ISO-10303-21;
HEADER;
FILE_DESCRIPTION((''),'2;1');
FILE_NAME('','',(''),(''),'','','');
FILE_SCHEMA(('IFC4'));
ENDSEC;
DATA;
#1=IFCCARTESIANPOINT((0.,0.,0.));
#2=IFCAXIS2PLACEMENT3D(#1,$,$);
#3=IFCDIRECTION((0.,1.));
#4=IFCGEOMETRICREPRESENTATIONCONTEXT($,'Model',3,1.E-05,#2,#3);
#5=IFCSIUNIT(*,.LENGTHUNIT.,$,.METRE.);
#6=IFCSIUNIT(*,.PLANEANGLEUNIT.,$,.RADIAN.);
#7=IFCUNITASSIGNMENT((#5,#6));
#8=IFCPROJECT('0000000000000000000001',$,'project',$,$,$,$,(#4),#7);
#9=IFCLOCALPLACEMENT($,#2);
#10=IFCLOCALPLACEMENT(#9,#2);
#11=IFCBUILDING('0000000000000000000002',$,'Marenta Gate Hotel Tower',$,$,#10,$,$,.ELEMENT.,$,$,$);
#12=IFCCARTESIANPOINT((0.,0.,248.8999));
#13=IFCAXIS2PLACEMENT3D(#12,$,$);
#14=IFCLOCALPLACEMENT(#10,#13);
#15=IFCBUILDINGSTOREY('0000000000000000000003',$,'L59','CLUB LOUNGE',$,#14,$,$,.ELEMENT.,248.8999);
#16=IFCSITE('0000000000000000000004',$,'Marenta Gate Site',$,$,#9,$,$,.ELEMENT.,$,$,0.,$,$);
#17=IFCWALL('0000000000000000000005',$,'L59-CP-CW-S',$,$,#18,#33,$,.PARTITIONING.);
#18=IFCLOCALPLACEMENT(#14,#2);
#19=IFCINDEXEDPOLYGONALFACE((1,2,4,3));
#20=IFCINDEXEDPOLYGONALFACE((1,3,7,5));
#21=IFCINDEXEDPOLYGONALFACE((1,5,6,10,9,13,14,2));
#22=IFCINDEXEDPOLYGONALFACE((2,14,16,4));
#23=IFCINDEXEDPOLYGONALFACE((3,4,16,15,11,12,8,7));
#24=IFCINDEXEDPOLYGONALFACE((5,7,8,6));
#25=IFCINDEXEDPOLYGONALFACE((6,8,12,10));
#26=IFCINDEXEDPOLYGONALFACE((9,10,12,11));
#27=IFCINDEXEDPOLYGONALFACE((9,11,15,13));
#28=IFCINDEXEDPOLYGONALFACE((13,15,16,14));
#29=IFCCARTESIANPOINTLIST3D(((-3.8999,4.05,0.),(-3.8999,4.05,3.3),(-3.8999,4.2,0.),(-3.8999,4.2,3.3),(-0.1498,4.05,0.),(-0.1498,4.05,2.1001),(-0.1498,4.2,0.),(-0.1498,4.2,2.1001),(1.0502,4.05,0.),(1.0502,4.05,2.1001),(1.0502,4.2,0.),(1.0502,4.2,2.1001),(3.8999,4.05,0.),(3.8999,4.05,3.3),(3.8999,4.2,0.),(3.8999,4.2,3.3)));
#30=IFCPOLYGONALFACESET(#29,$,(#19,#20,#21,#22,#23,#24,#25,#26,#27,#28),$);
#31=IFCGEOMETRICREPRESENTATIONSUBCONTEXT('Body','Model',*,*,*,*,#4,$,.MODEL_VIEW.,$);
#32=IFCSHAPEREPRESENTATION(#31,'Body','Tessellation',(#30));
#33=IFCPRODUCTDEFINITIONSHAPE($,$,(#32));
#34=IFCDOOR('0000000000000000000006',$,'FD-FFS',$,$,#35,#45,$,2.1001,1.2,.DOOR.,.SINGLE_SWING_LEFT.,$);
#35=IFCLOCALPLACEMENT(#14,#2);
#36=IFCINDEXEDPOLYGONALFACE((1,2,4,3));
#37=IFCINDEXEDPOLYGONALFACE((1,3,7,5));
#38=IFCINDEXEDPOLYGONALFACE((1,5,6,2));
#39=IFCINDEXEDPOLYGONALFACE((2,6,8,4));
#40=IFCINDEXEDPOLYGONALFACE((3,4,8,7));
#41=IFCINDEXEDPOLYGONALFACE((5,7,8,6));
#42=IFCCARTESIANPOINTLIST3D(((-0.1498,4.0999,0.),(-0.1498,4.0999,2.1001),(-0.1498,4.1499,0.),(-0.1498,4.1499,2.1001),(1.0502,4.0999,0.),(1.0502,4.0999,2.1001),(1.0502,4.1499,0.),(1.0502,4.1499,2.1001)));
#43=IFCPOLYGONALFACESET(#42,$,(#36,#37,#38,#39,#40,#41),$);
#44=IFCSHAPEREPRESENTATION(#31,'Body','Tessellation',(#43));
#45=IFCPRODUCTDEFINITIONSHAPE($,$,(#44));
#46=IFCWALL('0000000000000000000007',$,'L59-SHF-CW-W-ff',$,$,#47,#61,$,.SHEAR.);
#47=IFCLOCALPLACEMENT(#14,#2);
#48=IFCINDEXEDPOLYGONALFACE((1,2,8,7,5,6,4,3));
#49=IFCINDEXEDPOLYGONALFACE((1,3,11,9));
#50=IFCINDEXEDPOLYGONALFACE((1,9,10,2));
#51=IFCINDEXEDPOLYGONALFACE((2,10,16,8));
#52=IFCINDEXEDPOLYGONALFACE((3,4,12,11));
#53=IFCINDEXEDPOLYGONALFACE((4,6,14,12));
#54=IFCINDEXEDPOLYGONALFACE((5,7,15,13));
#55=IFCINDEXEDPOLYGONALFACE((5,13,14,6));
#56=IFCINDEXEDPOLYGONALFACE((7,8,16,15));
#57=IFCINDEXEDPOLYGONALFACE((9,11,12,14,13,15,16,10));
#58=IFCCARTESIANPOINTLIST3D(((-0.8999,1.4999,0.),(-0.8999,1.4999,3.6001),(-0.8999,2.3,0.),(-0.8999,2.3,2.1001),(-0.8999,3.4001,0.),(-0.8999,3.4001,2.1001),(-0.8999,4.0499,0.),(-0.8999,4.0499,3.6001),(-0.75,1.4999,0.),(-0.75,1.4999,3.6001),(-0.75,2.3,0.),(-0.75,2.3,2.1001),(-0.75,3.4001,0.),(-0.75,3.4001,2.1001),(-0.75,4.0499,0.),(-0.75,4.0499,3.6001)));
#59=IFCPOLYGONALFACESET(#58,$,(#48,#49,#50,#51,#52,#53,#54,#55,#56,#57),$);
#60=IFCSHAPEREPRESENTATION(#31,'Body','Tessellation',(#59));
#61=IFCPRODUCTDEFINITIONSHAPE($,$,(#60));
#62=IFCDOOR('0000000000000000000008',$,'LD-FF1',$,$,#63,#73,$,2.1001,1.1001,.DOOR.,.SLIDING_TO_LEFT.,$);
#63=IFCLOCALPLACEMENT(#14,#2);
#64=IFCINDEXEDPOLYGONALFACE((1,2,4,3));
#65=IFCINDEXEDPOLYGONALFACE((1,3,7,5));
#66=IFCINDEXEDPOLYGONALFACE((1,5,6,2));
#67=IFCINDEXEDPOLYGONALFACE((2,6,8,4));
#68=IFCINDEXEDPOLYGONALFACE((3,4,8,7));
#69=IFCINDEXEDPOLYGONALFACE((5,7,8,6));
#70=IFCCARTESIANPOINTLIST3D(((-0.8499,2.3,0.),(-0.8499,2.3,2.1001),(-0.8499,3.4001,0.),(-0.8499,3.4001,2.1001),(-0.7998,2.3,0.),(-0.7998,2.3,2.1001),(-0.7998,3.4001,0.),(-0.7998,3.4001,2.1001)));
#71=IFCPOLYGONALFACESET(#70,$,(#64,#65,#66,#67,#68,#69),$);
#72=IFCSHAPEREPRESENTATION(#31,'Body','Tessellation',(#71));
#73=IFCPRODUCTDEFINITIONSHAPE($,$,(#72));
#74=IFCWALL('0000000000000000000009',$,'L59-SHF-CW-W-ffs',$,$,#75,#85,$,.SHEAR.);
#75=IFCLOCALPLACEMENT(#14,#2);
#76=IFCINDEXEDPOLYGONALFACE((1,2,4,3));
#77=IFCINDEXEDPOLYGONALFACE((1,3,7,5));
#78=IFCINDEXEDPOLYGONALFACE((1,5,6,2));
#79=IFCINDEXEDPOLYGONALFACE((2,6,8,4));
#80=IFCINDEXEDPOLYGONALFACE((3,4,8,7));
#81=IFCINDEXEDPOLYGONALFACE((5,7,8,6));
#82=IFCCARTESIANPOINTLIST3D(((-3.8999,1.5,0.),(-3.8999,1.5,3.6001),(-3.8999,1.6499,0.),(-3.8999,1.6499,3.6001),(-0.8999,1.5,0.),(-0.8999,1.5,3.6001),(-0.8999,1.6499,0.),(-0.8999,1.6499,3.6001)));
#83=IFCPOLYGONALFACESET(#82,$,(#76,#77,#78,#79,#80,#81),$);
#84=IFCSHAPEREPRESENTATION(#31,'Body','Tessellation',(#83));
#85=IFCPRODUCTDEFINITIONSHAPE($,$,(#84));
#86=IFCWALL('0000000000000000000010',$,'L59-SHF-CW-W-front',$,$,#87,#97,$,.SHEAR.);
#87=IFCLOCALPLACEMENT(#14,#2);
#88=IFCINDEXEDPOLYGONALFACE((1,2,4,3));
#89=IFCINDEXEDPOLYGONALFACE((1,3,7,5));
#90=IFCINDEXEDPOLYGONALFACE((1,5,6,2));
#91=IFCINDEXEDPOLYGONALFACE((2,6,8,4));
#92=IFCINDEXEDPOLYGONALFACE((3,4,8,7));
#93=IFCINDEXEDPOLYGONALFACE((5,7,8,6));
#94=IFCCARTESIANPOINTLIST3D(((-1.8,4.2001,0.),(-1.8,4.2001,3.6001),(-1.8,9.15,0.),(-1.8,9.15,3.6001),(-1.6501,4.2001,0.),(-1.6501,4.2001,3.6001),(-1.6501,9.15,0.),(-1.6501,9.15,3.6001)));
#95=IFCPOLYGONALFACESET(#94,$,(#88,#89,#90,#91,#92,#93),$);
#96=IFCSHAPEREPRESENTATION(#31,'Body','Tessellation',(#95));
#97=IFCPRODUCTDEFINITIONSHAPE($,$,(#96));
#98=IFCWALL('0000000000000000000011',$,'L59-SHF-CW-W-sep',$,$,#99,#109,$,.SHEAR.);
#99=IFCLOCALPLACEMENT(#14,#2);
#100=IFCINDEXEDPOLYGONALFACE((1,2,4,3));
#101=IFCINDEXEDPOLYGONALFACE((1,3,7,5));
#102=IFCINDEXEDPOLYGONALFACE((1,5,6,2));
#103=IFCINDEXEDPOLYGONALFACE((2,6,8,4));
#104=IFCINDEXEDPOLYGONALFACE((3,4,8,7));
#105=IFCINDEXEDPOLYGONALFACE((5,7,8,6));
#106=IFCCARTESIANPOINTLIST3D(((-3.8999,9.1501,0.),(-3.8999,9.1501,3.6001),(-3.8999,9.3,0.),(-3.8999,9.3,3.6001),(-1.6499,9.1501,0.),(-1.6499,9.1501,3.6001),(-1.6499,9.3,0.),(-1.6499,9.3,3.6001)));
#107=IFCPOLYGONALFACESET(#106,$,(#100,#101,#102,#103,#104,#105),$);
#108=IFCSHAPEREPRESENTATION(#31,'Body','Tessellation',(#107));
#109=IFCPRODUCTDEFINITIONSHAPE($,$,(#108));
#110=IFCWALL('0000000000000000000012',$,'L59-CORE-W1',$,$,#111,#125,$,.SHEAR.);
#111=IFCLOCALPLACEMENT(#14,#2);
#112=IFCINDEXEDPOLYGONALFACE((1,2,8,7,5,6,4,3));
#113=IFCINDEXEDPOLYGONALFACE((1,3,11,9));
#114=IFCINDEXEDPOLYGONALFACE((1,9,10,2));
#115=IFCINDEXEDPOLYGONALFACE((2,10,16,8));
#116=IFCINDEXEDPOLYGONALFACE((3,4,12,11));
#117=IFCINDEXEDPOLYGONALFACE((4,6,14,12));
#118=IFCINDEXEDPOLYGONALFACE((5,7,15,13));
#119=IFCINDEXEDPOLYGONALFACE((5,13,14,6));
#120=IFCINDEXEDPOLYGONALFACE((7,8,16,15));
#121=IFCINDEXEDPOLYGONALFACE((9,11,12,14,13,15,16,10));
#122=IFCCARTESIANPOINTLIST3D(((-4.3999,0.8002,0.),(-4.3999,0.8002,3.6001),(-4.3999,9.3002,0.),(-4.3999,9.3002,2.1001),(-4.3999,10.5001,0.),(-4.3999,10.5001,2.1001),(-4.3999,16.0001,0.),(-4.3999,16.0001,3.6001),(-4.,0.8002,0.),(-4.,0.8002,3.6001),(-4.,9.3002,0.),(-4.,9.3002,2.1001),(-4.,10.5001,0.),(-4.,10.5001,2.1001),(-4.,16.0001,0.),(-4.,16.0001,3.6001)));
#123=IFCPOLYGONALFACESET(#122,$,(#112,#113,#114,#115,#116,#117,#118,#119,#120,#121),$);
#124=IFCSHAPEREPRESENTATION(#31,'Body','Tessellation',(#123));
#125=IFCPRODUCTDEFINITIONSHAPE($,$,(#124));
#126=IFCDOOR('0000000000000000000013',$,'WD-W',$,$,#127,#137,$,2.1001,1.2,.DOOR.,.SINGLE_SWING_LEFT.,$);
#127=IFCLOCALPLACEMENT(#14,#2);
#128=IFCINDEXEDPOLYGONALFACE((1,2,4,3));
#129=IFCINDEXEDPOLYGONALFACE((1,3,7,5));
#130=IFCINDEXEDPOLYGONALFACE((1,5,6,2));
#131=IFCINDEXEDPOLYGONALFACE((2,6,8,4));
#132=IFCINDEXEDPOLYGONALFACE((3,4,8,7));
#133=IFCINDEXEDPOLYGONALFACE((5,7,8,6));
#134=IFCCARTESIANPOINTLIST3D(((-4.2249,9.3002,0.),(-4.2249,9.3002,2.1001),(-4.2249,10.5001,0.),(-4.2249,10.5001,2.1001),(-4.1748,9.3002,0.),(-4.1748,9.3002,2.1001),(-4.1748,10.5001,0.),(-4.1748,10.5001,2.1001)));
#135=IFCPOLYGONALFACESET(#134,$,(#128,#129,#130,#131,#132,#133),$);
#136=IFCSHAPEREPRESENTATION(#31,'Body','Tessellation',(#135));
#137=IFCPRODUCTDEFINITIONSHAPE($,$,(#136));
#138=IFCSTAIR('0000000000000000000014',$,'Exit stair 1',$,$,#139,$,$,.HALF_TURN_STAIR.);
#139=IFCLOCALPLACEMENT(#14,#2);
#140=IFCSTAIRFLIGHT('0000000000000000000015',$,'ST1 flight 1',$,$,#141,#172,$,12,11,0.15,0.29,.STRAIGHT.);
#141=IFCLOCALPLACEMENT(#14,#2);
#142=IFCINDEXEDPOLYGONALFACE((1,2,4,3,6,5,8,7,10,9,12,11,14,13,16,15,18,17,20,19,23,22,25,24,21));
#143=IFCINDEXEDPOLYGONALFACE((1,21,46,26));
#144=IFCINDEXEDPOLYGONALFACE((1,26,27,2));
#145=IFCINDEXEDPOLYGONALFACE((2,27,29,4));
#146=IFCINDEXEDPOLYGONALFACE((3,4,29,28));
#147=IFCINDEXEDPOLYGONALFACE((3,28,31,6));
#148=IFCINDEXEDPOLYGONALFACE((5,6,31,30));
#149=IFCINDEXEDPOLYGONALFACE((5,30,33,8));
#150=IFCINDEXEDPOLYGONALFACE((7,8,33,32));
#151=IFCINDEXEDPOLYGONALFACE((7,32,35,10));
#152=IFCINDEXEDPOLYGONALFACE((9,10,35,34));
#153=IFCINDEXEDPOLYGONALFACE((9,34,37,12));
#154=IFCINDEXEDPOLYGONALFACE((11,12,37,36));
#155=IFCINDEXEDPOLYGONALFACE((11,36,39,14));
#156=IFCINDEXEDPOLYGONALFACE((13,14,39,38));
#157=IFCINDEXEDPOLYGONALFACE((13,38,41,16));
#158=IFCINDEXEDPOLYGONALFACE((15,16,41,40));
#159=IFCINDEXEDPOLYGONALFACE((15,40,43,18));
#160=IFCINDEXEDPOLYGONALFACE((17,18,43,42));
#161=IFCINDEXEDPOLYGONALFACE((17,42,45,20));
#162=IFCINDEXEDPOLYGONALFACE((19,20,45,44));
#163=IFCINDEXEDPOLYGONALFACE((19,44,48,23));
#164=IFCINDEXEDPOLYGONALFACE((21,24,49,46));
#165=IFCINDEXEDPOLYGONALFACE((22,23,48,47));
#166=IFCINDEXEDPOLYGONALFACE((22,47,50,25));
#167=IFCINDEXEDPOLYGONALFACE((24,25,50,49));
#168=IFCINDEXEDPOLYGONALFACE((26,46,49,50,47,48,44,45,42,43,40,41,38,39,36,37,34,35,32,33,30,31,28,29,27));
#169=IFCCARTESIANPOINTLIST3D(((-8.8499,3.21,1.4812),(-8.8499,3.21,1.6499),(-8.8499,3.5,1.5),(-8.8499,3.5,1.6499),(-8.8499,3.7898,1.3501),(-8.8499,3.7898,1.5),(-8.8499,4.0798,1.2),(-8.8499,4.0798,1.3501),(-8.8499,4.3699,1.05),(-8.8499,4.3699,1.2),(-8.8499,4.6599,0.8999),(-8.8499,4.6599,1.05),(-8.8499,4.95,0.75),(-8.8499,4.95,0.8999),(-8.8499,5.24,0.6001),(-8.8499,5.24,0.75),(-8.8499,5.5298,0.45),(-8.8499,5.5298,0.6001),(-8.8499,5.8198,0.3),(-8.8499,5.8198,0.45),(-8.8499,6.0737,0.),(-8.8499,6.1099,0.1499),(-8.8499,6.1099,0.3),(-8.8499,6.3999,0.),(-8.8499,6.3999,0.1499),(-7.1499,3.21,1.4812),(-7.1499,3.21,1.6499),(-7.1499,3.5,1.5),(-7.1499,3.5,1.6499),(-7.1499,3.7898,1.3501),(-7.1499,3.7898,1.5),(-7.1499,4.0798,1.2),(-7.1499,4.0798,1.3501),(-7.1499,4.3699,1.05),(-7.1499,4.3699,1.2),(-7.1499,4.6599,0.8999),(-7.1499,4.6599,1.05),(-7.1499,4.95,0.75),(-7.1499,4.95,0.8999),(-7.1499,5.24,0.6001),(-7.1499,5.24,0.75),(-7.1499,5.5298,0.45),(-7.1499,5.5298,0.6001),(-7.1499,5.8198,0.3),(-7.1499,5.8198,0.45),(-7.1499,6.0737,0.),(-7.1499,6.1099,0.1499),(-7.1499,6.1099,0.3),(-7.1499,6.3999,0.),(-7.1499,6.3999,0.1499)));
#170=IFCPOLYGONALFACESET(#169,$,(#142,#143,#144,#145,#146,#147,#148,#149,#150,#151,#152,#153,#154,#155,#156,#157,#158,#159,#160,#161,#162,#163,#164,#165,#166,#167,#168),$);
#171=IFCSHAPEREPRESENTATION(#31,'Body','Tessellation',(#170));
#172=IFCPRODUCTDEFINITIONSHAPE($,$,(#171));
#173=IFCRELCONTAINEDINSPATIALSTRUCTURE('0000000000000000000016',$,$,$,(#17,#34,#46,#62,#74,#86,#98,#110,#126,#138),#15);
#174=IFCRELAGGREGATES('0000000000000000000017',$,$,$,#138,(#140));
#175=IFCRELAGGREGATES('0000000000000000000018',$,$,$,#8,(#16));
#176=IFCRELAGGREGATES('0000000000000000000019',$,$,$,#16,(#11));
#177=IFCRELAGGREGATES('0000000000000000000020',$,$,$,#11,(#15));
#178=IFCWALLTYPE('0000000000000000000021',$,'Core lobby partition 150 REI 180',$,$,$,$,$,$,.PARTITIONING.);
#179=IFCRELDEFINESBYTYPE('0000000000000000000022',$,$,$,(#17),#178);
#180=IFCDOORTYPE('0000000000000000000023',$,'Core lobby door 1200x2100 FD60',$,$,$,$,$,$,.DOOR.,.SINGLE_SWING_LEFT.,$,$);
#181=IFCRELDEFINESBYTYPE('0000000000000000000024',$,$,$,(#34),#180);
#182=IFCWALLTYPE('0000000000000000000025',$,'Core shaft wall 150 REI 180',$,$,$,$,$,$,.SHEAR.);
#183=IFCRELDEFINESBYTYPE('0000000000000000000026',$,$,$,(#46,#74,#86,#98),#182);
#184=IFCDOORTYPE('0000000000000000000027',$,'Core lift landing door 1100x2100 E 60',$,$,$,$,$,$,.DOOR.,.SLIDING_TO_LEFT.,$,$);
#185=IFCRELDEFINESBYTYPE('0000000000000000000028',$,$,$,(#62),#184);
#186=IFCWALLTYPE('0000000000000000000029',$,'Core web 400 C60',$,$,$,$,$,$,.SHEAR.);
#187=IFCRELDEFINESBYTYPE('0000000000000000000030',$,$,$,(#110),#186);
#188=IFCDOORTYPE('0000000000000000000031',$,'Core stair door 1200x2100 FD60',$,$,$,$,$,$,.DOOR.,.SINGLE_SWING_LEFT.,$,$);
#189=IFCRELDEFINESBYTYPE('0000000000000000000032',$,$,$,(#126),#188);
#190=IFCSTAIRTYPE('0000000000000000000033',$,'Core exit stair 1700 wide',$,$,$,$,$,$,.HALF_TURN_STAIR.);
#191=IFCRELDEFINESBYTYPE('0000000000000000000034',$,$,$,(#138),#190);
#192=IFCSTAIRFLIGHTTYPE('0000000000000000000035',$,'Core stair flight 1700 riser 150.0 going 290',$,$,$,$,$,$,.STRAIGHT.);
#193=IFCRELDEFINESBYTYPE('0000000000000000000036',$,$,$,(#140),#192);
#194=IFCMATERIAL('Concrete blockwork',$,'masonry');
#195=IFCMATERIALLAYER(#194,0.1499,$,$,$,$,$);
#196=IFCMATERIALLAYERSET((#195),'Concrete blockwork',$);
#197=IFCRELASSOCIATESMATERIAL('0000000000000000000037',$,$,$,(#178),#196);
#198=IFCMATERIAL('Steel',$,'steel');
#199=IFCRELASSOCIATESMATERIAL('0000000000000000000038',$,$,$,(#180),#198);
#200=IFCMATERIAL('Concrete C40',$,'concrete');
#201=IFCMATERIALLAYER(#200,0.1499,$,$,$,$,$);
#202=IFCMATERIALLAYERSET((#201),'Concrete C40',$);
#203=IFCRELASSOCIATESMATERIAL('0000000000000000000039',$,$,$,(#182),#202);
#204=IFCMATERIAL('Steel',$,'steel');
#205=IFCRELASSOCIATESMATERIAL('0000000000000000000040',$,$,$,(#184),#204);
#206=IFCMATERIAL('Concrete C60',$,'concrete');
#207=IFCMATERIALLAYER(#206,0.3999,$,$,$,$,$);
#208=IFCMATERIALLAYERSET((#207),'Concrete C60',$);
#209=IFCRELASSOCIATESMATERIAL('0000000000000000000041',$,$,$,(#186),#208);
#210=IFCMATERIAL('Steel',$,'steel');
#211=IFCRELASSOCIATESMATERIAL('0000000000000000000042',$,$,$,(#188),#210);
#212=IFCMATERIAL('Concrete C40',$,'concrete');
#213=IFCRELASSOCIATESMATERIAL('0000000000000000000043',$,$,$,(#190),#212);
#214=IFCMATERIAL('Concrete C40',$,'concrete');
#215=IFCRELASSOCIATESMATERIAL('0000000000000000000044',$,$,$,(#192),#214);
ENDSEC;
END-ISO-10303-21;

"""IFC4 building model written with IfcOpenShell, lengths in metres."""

from ifc_helpers import new_model, si_unit, direction, frame, frame_2d, origin, place, context, subcontext, project, spatial, polyline, rectangle, outline, extrude, material, layer, layer_set, type_object, element, fill, aggregate, save


model = new_model("IFC4")

# Units and contexts
model_context = context("Model", 3, precision=1e-05, world=origin(), true_north=direction((0.0, 1.0)))
body_context = subcontext(model_context, "Body", "Model", "MODEL_VIEW")
ifc_project = project(units=[si_unit("LENGTHUNIT", "METRE"), si_unit("PLANEANGLEUNIT", "RADIAN")], contexts=[model_context])

# Site, building, storey
site_placement = place(None, origin())
site = spatial("IfcSite", under=ifc_project, at=site_placement, Name="Marenta Gate Site", CompositionType="ELEMENT", RefElevation=0.0)
building_placement = place(site_placement, origin())
building = spatial("IfcBuilding", under=site, at=building_placement, Name="Marenta Gate Hotel Tower", CompositionType="ELEMENT")
storey_placement = place(building_placement, frame((0.0, 0.0, 248.8999)))
storey = spatial("IfcBuildingStorey", under=building, at=storey_placement, Name="L59", Description="CLUB LOUNGE", CompositionType="ELEMENT", Elevation=248.8999)

# Walls, openings, doors
ifc_material_1 = material(Name="Concrete blockwork", Category="masonry")
ifc_layer_1 = layer(ifc_material_1, 0.1499)
ifc_layer_set_1 = layer_set([ifc_layer_1], Name="Concrete blockwork")
wall_type_1 = type_object("IfcWallType", Name="Core lobby partition 150 REI 180", PredefinedType="PARTITIONING", material=ifc_layer_set_1)
wall_1_placement = place(storey_placement, frame((-3.8999, 4.125, 0.0), z_axis=(0.0, 0.0, 1.0), x_axis=(1.0, 0.0, 0.0)))
wall_1 = element("IfcWall", 1, at=wall_1_placement, inside=storey, type_object=wall_type_1, Name="L59-CP-CW-S", PredefinedType="PARTITIONING", context=body_context, shape_type="SweptSolid", body=[
    extrude(rectangle(XDim=7.7998, YDim=0.1499, at=frame_2d((3.8999, 0.0))), origin(), (0.0, 0.0, 1.0), 3.3),
])
opening_1_placement = place(wall_1_placement, frame((3.75, 0.0, 0.0)))
opening_1 = element("IfcOpeningElement", 2, at=opening_1_placement, cuts=wall_1, PredefinedType="OPENING", context=body_context, shape_type="SweptSolid", body=[
    extrude(rectangle(XDim=1.2, YDim=2.1001, at=frame_2d((0.6001, 1.05))), frame((0.0, 0.075, 0.0), z_axis=(0.0, -1.0, 0.0), x_axis=(1.0, 0.0, 0.0)), (0.0, 0.0, 1.0), 0.1499),
])
ifc_material_2 = material(Name="Steel", Category="steel")
door_type_1 = type_object("IfcDoorType", Name="Core lobby door 1200x2100 FD60", OperationType="SINGLE_SWING_LEFT", PredefinedType="DOOR", material=ifc_material_2)
door_1_placement = place(opening_1_placement, origin())
door_1 = element("IfcDoor", 3, at=door_1_placement, inside=storey, type_object=door_type_1, Name="FD-FFS", OperationType="SINGLE_SWING_LEFT", OverallHeight=2.1001, OverallWidth=1.2, PredefinedType="DOOR", context=body_context, shape_type="SweptSolid", body=[
    extrude(rectangle(XDim=1.2, YDim=2.1001, at=frame_2d((0.6001, 1.05))), frame((0.0, 0.0249, 0.0), z_axis=(0.0, -1.0, 0.0), x_axis=(1.0, 0.0, 0.0)), (0.0, 0.0, 1.0), 0.05),
])
fill(opening_1, door_1)
ifc_material_3 = material(Name="Concrete C40", Category="concrete")
ifc_layer_2 = layer(ifc_material_3, 0.1499)
ifc_layer_set_2 = layer_set([ifc_layer_2], Name="Concrete C40")
wall_type_2 = type_object("IfcWallType", Name="Core shaft wall 150 REI 180", PredefinedType="SHEAR", material=ifc_layer_set_2)
wall_2_placement = place(storey_placement, frame((-0.825, 1.5, 0.0), z_axis=(0.0, 0.0, 1.0), x_axis=(0.0, 1.0, 0.0)))
wall_2 = element("IfcWall", 4, at=wall_2_placement, inside=storey, type_object=wall_type_2, Name="L59-SHF-CW-W-ff", PredefinedType="SHEAR", context=body_context, shape_type="SweptSolid", body=[
    extrude(rectangle(XDim=2.55, YDim=0.1499, at=frame_2d((1.2749, 0.0))), origin(), (0.0, 0.0, 1.0), 3.6001),
])
opening_2_placement = place(wall_2_placement, frame((0.8, 0.0, 0.0)))
opening_2 = element("IfcOpeningElement", 5, at=opening_2_placement, cuts=wall_2, PredefinedType="OPENING", context=body_context, shape_type="SweptSolid", body=[
    extrude(rectangle(XDim=1.1001, YDim=2.1001, at=frame_2d((0.55, 1.05))), frame((0.0, 0.075, 0.0), z_axis=(0.0, -1.0, 0.0), x_axis=(1.0, 0.0, 0.0)), (0.0, 0.0, 1.0), 0.1499),
])
ifc_material_4 = material(Name="Steel", Category="steel")
door_type_2 = type_object("IfcDoorType", Name="Core lift landing door 1100x2100 E 60", OperationType="SLIDING_TO_LEFT", PredefinedType="DOOR", material=ifc_material_4)
door_2_placement = place(opening_2_placement, origin())
door_2 = element("IfcDoor", 6, at=door_2_placement, inside=storey, type_object=door_type_2, Name="LD-FF1", OperationType="SLIDING_TO_LEFT", OverallHeight=2.1001, OverallWidth=1.1001, PredefinedType="DOOR", context=body_context, shape_type="SweptSolid", body=[
    extrude(rectangle(XDim=1.1001, YDim=2.1001, at=frame_2d((0.55, 1.05))), frame((0.0, 0.0249, 0.0), z_axis=(0.0, -1.0, 0.0), x_axis=(1.0, 0.0, 0.0)), (0.0, 0.0, 1.0), 0.05),
])
fill(opening_2, door_2)

# Walls
wall_3_placement = place(storey_placement, frame((-3.8999, 1.575, 0.0), z_axis=(0.0, 0.0, 1.0), x_axis=(1.0, 0.0, 0.0)))
element("IfcWall", 7, at=wall_3_placement, inside=storey, type_object=wall_type_2, Name="L59-SHF-CW-W-ffs", PredefinedType="SHEAR", context=body_context, shape_type="SweptSolid", body=[
    extrude(rectangle(XDim=3.0, YDim=0.1499, at=frame_2d((1.5, 0.0))), origin(), (0.0, 0.0, 1.0), 3.6001),
])
wall_4_placement = place(storey_placement, frame((-1.7251, 4.2, 0.0), z_axis=(0.0, 0.0, 1.0), x_axis=(0.0, 1.0, 0.0)))
element("IfcWall", 8, at=wall_4_placement, inside=storey, type_object=wall_type_2, Name="L59-SHF-CW-W-front", PredefinedType="SHEAR", context=body_context, shape_type="SweptSolid", body=[
    extrude(rectangle(XDim=4.95, YDim=0.1499, at=frame_2d((2.4751, 0.0))), origin(), (0.0, 0.0, 1.0), 3.6001),
])
wall_5_placement = place(storey_placement, frame((-3.8999, 9.2251, 0.0), z_axis=(0.0, 0.0, 1.0), x_axis=(1.0, 0.0, 0.0)))
element("IfcWall", 9, at=wall_5_placement, inside=storey, type_object=wall_type_2, Name="L59-SHF-CW-W-sep", PredefinedType="SHEAR", context=body_context, shape_type="SweptSolid", body=[
    extrude(rectangle(XDim=2.25, YDim=0.1499, at=frame_2d((1.125, 0.0))), origin(), (0.0, 0.0, 1.0), 3.6001),
])

# Wall, opening, door
ifc_material_5 = material(Name="Concrete C60", Category="concrete")
ifc_layer_3 = layer(ifc_material_5, 0.3999)
ifc_layer_set_3 = layer_set([ifc_layer_3], Name="Concrete C60")
wall_type_3 = type_object("IfcWallType", Name="Core web 400 C60", PredefinedType="SHEAR", material=ifc_layer_set_3)
wall_6_placement = place(storey_placement, frame((-4.2, 0.8, 0.0), z_axis=(0.0, 0.0, 1.0), x_axis=(0.0, 1.0, 0.0)))
wall_6 = element("IfcWall", 10, at=wall_6_placement, inside=storey, type_object=wall_type_3, Name="L59-CORE-W1", PredefinedType="SHEAR", context=body_context, shape_type="SweptSolid", body=[
    extrude(rectangle(XDim=15.2, YDim=0.3999, at=frame_2d((7.6001, 0.0))), origin(), (0.0, 0.0, 1.0), 3.6001),
])
opening_3_placement = place(wall_6_placement, frame((8.5, 0.0, 0.0)))
opening_3 = element("IfcOpeningElement", 11, at=opening_3_placement, cuts=wall_6, PredefinedType="OPENING", context=body_context, shape_type="SweptSolid", body=[
    extrude(rectangle(XDim=1.2, YDim=2.1001, at=frame_2d((0.6001, 1.05))), frame((0.0, 0.2, 0.0), z_axis=(0.0, -1.0, 0.0), x_axis=(1.0, 0.0, 0.0)), (0.0, 0.0, 1.0), 0.3999),
])
ifc_material_6 = material(Name="Steel", Category="steel")
door_type_3 = type_object("IfcDoorType", Name="Core stair door 1200x2100 FD60", OperationType="SINGLE_SWING_LEFT", PredefinedType="DOOR", material=ifc_material_6)
door_3_placement = place(opening_3_placement, origin())
door_3 = element("IfcDoor", 12, at=door_3_placement, inside=storey, type_object=door_type_3, Name="WD-W", OperationType="SINGLE_SWING_LEFT", OverallHeight=2.1001, OverallWidth=1.2, PredefinedType="DOOR", context=body_context, shape_type="SweptSolid", body=[
    extrude(rectangle(XDim=1.2, YDim=2.1001, at=frame_2d((0.6001, 1.05))), frame((0.0, 0.0249, 0.0), z_axis=(0.0, -1.0, 0.0), x_axis=(1.0, 0.0, 0.0)), (0.0, 0.0, 1.0), 0.05),
])
fill(opening_3, door_3)

# Stair, stair flight
ifc_material_7 = material(Name="Concrete C40", Category="concrete")
stair_type = type_object("IfcStairType", Name="Core exit stair 1700 wide", PredefinedType="HALF_TURN_STAIR", material=ifc_material_7)
stair_placement = place(storey_placement, origin())
stair = element("IfcStair", 13, at=stair_placement, inside=storey, type_object=stair_type, Name="Exit stair 1", PredefinedType="HALF_TURN_STAIR")
ifc_material_8 = material(Name="Concrete C40", Category="concrete")
stair_flight_type = type_object("IfcStairFlightType", Name="Core stair flight 1700 riser 150.0 going 290", PredefinedType="STRAIGHT", material=ifc_material_8)
stair_flight_1_placement = place(storey_placement, frame((-8.0, 6.3999, 0.0), z_axis=(0.0, 0.0, 1.0), x_axis=(0.0, -1.0, 0.0)))
stair_flight_1 = element("IfcStairFlight", 14, at=stair_flight_1_placement, type_object=stair_flight_type, Name="ST1 flight 1", NumberOfRisers=12, NumberOfTreads=11, PredefinedType="STRAIGHT", RiserHeight=0.15, TreadLength=0.29, context=body_context, shape_type="SweptSolid", body=[
    extrude(outline(polyline([(0.0, 0.0), (0.0, 0.1499), (0.29, 0.1499), (0.29, 0.3), (0.5801, 0.3), (0.5801, 0.45), (0.8701, 0.45), (0.8701, 0.6001), (1.1599, 0.6001), (1.1599, 0.75), (1.45, 0.75), (1.45, 0.8999), (1.74, 0.8999), (1.74, 1.05), (2.03, 1.05), (2.03, 1.2), (2.3201, 1.2), (2.3201, 1.3501), (2.6101, 1.3501), (2.6101, 1.5), (2.8999, 1.5), (2.8999, 1.6499), (3.1899, 1.6499), (3.1899, 1.8), (3.1899, 1.4812), (0.3262, 0.0), (0.0, 0.0)])), frame((0.0, 0.8501, 0.0), z_axis=(0.0, -1.0, 0.0), x_axis=(1.0, 0.0, 0.0)), (0.0, 0.0, 1.0), 1.7),
])
aggregate(stair, [stair_flight_1])

save(model, "model.ifc")
